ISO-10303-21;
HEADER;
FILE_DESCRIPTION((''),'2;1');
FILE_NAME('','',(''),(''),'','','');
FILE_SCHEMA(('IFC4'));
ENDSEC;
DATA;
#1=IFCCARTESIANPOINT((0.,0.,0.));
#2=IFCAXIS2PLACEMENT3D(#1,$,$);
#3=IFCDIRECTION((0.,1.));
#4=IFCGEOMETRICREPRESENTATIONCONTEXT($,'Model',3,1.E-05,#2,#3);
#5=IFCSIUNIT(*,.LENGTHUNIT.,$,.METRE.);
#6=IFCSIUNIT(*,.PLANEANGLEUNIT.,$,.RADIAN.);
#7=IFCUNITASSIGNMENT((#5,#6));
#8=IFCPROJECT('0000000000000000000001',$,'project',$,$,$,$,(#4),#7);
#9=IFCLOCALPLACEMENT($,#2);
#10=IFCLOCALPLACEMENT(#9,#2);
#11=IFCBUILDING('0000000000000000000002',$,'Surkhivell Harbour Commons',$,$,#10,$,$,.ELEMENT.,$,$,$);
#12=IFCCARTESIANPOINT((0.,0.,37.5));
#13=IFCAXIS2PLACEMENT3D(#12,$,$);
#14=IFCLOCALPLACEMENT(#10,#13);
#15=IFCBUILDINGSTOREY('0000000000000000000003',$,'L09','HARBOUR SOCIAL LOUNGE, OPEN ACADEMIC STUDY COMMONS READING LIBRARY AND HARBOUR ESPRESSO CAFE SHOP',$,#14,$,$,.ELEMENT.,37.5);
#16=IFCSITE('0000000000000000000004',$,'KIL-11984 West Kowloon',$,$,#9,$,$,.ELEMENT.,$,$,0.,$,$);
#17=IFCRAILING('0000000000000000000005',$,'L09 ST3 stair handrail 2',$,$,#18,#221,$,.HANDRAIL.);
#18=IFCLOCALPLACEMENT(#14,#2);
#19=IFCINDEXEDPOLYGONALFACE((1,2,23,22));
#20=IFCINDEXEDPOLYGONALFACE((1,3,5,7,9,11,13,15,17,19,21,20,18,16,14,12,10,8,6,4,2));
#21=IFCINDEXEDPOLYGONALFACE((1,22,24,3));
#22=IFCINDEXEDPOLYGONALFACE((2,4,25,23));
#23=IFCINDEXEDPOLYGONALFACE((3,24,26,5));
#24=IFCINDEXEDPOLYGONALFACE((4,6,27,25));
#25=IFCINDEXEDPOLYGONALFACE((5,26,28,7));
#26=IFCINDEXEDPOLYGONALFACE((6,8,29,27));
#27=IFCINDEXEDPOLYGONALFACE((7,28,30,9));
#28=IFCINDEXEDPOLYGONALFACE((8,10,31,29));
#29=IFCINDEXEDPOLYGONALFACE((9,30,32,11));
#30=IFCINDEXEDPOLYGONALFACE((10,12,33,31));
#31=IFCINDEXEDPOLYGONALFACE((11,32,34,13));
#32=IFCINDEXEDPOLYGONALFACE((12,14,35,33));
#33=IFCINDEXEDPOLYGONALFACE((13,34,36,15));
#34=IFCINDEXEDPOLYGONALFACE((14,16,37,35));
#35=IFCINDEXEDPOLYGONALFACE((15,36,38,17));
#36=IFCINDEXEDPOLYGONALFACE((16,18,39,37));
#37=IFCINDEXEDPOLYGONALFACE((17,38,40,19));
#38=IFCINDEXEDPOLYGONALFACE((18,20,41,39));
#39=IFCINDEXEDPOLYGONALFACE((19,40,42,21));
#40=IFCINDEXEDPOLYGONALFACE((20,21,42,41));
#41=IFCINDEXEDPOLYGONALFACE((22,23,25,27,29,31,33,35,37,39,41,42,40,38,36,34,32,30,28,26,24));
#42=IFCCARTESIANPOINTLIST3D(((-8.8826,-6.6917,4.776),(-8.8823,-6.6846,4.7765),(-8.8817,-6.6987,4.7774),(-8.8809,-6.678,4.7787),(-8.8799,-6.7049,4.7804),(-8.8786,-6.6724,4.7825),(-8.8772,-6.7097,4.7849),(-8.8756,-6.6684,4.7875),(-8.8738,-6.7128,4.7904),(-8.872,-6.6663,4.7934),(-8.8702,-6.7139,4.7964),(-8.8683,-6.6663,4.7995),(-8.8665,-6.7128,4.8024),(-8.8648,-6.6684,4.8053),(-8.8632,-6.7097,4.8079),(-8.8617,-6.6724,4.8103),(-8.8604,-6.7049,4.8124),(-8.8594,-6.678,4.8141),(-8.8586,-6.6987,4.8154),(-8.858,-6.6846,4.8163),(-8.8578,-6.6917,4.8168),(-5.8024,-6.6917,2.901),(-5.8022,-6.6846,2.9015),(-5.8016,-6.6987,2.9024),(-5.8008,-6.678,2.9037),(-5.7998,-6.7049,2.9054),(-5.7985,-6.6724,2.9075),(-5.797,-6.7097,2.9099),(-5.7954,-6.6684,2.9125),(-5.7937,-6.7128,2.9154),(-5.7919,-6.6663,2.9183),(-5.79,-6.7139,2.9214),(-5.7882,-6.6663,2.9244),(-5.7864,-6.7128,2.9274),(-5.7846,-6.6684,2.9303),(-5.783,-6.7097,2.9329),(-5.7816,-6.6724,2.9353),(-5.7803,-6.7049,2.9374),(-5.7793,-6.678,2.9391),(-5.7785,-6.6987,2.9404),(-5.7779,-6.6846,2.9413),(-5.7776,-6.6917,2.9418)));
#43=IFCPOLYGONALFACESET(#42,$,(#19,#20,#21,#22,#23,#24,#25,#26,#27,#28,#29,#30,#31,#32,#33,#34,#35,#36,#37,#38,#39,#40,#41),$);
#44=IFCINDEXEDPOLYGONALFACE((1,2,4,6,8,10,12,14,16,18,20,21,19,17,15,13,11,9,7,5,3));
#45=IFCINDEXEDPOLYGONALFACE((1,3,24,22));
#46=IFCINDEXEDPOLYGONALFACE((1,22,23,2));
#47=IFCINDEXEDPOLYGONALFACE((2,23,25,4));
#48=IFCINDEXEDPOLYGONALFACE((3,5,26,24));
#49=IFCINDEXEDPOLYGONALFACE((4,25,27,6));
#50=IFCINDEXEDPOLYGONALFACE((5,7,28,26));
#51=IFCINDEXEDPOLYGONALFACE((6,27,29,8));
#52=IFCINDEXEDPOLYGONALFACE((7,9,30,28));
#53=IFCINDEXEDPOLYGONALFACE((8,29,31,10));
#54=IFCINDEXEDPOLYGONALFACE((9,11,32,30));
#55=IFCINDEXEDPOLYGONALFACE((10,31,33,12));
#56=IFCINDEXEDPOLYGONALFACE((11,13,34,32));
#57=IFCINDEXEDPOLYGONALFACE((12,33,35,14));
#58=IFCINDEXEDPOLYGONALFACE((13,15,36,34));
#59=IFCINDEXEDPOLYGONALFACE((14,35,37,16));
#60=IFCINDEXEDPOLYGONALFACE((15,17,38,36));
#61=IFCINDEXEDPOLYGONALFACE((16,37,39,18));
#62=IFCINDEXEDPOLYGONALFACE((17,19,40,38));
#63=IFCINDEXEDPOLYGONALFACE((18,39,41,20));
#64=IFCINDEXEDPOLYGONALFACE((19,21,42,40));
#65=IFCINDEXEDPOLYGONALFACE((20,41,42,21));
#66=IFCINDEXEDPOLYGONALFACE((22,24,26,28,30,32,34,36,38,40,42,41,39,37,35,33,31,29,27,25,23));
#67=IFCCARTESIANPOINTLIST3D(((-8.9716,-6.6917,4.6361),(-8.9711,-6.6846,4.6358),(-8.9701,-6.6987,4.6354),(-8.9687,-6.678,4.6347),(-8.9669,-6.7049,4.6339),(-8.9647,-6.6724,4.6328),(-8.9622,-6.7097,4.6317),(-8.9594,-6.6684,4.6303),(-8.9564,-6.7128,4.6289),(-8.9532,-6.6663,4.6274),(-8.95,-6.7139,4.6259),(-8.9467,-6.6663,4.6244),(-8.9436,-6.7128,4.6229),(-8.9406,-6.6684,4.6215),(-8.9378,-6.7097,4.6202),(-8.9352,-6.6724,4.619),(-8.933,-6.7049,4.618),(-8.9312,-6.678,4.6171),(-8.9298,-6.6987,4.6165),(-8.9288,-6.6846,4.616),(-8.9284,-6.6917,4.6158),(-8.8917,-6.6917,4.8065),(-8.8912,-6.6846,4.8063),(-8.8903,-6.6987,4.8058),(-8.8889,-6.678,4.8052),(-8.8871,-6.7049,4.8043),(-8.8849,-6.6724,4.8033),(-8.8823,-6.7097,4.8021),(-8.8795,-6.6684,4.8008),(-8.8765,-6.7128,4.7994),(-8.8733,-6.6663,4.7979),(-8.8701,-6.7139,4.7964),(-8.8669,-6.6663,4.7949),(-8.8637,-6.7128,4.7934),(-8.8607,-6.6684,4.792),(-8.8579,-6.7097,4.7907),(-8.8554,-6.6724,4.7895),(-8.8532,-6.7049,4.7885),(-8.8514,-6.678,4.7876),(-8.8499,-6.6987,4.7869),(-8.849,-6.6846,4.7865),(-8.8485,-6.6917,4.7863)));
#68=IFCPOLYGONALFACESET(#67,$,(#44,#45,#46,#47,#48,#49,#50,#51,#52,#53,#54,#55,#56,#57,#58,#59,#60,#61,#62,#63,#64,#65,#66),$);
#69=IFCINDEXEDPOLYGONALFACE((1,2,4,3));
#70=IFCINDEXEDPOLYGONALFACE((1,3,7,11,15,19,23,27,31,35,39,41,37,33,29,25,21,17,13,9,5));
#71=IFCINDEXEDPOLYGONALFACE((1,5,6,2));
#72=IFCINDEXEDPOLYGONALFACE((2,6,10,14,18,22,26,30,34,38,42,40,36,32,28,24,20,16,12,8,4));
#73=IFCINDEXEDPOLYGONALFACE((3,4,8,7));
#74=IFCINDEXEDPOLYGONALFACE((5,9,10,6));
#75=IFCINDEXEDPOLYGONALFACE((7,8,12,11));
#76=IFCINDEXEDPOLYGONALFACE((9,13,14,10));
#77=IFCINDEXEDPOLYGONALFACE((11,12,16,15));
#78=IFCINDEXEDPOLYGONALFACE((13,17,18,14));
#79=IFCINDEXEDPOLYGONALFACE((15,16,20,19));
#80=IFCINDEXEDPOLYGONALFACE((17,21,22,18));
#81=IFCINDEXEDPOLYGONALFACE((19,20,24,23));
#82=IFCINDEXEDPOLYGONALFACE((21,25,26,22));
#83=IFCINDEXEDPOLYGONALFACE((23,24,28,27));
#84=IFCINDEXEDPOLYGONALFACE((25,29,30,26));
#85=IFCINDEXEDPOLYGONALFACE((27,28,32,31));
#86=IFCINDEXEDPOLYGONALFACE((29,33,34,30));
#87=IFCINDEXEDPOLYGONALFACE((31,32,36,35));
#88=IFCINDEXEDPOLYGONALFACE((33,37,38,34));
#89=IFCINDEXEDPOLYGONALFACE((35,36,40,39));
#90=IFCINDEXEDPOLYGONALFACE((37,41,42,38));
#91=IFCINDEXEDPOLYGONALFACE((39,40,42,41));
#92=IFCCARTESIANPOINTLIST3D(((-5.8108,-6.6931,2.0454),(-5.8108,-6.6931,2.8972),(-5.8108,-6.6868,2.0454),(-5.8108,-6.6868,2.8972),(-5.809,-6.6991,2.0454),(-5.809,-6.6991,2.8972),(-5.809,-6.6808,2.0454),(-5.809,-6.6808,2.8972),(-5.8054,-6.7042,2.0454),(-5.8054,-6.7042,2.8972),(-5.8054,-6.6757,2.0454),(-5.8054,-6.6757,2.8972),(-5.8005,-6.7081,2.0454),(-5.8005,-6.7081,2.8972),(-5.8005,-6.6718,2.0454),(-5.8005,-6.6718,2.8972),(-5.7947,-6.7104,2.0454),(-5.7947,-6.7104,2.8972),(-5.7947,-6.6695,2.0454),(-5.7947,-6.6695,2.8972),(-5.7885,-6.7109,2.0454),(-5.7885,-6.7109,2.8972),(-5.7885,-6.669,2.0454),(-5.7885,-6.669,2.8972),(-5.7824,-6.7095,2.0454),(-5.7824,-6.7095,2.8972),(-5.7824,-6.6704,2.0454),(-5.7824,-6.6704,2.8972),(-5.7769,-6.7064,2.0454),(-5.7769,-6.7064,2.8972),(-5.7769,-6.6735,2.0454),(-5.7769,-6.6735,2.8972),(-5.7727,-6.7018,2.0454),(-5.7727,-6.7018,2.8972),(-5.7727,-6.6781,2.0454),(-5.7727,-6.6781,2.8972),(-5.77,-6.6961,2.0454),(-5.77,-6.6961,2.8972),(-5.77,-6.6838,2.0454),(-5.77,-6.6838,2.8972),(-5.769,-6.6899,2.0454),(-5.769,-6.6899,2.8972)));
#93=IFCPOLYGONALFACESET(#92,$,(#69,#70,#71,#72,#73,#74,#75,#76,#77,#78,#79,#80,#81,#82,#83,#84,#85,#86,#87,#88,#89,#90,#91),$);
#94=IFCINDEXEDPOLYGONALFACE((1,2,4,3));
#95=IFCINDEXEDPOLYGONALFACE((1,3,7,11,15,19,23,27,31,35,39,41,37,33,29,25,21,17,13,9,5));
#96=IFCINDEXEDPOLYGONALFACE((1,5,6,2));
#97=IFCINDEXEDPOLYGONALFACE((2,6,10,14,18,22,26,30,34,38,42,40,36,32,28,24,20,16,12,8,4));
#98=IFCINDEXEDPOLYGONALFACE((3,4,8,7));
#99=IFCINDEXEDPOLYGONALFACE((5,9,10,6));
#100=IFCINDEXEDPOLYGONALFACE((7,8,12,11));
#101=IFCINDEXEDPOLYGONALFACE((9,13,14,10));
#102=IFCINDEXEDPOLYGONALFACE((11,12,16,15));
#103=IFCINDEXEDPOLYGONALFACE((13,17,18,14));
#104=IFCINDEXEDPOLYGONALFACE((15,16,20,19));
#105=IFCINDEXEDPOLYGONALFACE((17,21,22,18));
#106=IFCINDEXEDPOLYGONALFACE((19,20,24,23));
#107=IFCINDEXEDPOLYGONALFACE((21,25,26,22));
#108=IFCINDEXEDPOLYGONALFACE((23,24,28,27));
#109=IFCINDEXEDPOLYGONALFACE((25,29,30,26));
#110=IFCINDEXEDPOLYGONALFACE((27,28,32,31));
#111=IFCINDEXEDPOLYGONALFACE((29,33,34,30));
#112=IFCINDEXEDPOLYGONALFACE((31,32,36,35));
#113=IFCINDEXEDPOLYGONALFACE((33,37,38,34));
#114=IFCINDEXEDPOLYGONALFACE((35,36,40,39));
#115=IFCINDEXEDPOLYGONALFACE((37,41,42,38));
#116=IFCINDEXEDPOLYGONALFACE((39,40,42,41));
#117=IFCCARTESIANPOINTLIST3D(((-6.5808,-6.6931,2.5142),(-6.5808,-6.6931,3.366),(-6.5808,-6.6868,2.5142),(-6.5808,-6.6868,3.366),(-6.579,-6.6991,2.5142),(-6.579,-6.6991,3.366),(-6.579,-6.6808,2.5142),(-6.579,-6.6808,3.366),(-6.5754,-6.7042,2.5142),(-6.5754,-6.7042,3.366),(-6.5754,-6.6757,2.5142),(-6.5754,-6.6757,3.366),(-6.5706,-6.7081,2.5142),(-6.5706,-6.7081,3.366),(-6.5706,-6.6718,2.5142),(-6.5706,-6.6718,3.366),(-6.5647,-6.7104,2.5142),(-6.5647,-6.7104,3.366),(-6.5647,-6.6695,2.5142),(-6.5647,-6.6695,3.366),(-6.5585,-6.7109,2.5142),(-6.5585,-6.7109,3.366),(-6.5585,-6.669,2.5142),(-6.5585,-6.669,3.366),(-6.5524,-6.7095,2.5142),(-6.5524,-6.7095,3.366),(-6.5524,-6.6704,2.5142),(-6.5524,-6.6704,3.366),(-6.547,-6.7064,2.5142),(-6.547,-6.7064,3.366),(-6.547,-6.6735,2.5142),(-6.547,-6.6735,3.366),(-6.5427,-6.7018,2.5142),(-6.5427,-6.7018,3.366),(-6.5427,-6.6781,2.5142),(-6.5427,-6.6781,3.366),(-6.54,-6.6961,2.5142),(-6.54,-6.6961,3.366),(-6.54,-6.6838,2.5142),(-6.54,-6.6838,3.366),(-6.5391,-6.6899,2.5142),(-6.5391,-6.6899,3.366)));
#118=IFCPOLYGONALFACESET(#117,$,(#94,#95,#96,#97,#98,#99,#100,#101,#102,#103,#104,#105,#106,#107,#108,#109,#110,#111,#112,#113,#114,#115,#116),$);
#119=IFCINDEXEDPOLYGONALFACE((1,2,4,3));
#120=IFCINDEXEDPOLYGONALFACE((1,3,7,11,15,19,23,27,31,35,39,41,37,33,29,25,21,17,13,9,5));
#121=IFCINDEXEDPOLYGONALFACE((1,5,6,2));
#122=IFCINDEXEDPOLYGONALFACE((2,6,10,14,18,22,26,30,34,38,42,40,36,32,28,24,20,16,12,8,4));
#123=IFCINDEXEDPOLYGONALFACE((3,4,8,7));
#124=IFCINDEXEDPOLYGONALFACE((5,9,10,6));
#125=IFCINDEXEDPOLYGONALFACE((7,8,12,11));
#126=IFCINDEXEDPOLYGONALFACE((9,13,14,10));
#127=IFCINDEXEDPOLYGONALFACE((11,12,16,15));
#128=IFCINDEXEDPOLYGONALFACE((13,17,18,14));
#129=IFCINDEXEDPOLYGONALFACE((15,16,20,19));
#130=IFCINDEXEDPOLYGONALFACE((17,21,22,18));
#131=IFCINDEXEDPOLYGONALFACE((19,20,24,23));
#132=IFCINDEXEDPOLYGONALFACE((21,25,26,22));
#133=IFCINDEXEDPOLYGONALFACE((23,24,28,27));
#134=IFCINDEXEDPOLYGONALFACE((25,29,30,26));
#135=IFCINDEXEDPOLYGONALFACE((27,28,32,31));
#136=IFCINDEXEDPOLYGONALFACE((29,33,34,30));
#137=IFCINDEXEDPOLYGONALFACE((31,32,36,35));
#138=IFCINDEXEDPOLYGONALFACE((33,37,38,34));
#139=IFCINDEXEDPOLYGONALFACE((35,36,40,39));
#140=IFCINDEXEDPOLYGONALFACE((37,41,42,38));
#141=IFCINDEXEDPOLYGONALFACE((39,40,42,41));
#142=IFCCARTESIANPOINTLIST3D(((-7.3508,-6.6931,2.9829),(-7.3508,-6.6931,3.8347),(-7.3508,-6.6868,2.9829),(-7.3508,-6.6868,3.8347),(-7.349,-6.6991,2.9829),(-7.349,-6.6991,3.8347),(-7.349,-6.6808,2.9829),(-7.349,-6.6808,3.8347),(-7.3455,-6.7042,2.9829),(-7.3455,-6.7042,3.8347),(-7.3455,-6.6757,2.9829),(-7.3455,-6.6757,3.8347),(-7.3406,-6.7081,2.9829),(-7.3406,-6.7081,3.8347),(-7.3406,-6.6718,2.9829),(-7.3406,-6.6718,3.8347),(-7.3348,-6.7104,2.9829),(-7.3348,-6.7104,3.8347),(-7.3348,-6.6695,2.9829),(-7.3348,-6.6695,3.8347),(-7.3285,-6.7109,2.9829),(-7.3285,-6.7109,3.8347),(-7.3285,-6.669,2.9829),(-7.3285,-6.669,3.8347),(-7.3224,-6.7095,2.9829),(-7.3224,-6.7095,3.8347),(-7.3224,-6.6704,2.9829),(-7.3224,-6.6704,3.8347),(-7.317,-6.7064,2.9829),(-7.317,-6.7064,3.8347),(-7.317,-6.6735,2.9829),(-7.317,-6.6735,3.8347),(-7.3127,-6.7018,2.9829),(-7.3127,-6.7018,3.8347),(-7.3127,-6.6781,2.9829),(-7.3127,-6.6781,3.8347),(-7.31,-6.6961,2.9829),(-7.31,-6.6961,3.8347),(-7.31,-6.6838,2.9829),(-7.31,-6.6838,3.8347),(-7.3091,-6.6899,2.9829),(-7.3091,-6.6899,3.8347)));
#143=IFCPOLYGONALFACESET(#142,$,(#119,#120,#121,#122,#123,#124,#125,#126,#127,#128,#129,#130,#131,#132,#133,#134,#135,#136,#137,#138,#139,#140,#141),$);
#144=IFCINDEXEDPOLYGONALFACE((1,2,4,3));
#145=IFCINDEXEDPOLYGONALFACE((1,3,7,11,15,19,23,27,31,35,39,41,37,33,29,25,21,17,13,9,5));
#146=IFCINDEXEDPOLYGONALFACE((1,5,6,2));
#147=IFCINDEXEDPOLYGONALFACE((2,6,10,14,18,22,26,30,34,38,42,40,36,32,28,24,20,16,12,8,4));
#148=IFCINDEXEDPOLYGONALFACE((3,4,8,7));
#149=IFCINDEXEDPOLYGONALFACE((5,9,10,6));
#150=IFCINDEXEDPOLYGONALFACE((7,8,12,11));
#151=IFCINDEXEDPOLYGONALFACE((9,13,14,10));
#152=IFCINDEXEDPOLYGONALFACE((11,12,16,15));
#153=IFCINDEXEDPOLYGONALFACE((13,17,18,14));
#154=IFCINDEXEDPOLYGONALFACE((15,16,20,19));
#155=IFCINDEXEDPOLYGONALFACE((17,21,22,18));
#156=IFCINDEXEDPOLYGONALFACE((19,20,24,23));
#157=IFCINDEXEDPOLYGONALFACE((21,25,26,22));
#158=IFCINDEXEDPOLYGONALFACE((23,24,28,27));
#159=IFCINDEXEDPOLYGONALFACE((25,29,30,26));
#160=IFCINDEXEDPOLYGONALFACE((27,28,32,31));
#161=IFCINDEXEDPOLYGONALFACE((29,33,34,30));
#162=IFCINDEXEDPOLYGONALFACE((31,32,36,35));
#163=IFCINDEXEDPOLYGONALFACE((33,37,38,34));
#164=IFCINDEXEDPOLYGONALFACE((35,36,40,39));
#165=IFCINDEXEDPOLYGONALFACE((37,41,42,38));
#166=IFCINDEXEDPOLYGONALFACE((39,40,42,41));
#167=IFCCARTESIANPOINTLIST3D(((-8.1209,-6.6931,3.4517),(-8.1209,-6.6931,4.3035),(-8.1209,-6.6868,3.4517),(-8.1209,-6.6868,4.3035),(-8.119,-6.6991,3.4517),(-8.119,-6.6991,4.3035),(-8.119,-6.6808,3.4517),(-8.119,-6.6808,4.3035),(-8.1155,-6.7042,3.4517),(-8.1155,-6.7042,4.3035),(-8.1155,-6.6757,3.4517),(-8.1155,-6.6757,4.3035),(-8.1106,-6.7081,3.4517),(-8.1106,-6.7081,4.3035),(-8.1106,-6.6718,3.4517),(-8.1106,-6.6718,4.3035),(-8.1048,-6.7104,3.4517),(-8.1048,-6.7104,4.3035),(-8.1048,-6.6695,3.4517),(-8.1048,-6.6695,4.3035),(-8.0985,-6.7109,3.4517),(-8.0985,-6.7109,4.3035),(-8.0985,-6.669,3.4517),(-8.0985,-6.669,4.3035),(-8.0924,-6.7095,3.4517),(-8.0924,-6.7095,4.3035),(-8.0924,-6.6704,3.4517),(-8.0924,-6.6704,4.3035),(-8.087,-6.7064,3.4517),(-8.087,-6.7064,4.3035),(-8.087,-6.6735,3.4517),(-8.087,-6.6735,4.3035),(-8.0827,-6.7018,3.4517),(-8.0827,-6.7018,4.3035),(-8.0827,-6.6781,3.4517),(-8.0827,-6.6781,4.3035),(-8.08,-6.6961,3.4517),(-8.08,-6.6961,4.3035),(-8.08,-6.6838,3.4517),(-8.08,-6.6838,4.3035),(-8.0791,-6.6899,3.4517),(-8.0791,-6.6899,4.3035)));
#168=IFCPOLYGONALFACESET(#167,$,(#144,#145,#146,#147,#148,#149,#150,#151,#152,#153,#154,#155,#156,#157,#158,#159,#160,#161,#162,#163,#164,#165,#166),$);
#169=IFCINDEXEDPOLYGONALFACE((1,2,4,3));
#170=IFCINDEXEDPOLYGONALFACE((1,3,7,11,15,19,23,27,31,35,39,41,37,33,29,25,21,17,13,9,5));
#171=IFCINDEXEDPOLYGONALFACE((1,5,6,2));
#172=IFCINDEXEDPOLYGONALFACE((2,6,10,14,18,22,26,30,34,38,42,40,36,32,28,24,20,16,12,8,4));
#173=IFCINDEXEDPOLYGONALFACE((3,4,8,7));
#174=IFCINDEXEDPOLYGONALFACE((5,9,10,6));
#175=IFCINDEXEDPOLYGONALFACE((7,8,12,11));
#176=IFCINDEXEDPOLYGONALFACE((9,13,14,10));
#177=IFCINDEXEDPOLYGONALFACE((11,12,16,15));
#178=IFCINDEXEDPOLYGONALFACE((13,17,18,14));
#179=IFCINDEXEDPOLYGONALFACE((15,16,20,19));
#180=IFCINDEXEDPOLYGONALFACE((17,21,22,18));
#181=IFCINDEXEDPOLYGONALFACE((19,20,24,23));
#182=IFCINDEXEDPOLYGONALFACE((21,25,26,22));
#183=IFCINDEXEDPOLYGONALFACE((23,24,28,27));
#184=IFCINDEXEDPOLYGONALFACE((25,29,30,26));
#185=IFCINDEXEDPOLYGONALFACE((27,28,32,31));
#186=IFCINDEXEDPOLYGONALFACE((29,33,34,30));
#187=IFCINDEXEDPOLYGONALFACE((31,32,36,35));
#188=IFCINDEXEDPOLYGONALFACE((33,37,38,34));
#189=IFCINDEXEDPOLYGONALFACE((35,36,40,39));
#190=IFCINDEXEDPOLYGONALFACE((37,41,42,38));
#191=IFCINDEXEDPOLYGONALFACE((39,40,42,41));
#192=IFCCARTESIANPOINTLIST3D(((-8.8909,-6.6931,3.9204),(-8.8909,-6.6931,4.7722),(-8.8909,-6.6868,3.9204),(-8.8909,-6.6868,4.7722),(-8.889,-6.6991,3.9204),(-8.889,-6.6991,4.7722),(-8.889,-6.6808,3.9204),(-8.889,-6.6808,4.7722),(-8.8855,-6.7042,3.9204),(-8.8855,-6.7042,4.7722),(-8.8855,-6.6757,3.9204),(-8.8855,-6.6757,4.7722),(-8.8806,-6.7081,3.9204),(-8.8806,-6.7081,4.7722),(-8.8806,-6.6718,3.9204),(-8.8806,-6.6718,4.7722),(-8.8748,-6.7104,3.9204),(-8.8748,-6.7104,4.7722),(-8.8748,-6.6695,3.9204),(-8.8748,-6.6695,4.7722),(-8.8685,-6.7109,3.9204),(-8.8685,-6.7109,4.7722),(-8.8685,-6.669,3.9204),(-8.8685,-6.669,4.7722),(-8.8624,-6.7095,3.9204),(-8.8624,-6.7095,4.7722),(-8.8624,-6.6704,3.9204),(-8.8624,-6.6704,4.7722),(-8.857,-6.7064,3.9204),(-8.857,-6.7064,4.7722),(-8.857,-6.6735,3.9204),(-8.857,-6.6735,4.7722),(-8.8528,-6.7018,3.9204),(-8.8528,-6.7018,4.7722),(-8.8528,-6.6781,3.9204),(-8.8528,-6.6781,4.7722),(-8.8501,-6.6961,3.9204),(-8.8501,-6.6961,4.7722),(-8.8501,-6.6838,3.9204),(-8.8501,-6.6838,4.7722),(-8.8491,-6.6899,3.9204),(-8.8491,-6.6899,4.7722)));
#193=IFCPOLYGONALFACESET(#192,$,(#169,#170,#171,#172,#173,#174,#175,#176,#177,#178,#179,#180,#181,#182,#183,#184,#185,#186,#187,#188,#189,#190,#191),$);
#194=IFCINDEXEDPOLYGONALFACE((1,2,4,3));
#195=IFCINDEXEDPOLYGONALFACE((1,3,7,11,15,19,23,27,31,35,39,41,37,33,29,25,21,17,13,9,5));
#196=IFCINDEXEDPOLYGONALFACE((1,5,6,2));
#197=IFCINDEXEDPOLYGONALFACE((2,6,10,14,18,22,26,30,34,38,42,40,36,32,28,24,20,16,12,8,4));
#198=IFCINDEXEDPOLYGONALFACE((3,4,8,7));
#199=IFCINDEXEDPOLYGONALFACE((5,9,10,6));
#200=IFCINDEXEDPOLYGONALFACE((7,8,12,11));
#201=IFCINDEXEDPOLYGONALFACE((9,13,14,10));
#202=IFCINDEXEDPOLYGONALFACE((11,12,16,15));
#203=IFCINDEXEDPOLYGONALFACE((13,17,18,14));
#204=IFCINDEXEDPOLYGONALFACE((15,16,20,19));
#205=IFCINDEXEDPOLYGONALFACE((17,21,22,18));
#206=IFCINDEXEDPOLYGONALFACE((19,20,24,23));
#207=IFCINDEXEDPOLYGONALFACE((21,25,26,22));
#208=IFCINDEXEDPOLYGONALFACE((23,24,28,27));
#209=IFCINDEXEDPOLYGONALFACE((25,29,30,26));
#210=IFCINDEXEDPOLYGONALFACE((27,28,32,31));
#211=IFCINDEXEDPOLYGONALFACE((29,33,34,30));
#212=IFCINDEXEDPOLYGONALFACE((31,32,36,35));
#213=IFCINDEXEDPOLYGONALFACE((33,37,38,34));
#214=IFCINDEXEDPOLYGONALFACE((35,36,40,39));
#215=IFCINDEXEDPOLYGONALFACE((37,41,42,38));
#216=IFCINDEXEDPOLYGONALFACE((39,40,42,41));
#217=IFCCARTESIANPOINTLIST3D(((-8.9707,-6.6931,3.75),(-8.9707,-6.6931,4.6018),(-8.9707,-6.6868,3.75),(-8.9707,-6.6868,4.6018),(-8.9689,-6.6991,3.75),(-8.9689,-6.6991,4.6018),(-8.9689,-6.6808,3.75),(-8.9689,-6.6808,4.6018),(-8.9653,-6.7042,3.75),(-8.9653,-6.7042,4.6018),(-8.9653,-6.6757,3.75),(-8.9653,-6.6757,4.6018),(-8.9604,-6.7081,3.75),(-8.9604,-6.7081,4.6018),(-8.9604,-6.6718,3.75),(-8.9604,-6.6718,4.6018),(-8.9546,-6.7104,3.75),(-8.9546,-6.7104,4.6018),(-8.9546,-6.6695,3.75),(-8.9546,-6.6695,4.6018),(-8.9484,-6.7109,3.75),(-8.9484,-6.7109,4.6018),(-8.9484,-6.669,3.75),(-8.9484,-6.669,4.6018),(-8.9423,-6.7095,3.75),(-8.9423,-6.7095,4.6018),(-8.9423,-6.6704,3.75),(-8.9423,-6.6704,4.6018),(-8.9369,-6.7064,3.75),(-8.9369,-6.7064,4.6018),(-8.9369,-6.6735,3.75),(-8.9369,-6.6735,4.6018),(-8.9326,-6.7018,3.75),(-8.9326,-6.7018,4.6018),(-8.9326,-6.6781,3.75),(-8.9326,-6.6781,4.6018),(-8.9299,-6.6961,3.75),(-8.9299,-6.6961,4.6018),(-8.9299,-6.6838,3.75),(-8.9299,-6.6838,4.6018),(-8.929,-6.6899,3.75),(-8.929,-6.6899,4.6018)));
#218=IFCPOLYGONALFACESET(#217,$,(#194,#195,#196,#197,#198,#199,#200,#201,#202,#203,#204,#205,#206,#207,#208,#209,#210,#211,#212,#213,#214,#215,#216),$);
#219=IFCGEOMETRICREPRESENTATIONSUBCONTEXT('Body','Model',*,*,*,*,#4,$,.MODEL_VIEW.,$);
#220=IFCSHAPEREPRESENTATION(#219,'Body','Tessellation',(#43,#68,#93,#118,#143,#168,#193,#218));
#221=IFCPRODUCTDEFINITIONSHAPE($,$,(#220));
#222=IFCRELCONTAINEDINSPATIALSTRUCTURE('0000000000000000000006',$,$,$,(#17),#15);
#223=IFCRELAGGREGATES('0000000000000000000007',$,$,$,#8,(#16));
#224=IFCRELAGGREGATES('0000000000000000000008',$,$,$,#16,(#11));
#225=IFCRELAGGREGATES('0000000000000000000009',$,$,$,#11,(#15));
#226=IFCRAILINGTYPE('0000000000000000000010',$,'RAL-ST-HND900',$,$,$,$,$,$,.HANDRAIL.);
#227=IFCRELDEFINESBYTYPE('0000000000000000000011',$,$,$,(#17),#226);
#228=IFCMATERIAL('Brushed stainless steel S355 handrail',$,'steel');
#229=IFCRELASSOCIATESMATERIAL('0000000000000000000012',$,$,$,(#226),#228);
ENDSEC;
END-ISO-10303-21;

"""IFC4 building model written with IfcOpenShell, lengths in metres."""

from ifc_helpers import new_model, si_unit, direction, frame, origin, origin_2d, place, context, subcontext, project, spatial, circle, extrude, material, type_object, element, save


model = new_model("IFC4")

# Units and contexts
model_context = context("Model", 3, precision=1e-05, world=origin(), true_north=direction((0.0, 1.0)))
body_context = subcontext(model_context, "Body", "Model", "MODEL_VIEW")
ifc_project = project(units=[si_unit("LENGTHUNIT", "METRE"), si_unit("PLANEANGLEUNIT", "RADIAN")], contexts=[model_context])

# Site, building, storey
site_placement = place(None, origin())
site = spatial("IfcSite", under=ifc_project, at=site_placement, Name="KIL-11984 West Kowloon", CompositionType="ELEMENT", RefElevation=0.0)
building_placement = place(site_placement, origin())
building = spatial("IfcBuilding", under=site, at=building_placement, Name="Surkhivell Harbour Commons", CompositionType="ELEMENT")
storey_placement = place(building_placement, frame((0.0, 0.0, 37.5)))
storey = spatial("IfcBuildingStorey", under=building, at=storey_placement, Name="L09", Description="HARBOUR SOCIAL LOUNGE, OPEN ACADEMIC STUDY COMMONS READING LIBRARY AND HARBOUR ESPRESSO CAFE SHOP", CompositionType="ELEMENT", Elevation=37.5)

# Railing
ifc_material_1 = material(Name="Brushed stainless steel S355 handrail", Category="steel")
railing_type_1 = type_object("IfcRailingType", Name="RAL-ST-HND900", PredefinedType="HANDRAIL", material=ifc_material_1)
railing_1_placement = place(storey_placement, frame((-5.79, -6.6899, 2.0454)))
element("IfcRailing", 1, at=railing_1_placement, inside=storey, type_object=railing_type_1, Name="L09 ST3 stair handrail 2", PredefinedType="HANDRAIL", context=body_context, shape_type="SweptSolid", body=[
    extrude(circle(Radius=0.0239, at=origin_2d()), frame((0.0, 0.0, 0.876), z_axis=(-0.854178, 0.0, 0.519981), x_axis=(0.0, -1.0, 0.0)), (0.0, 0.0, 1.0), 3.606),
    extrude(circle(Radius=0.0239, at=origin_2d()), frame((-3.0801, 0.0, 2.751), z_axis=(-0.424234, 0.0, -0.905552), x_axis=(0.0, -1.0, 0.0)), (0.0, 0.0, 1.0), 0.1882),
    extrude(circle(Radius=0.021, at=origin_2d()), origin(), (0.0, 0.0, 1.0), 0.8518),
    extrude(circle(Radius=0.021, at=origin_2d()), frame((-0.77, 0.0, 0.4688)), (0.0, 0.0, 1.0), 0.8518),
    extrude(circle(Radius=0.021, at=origin_2d()), frame((-1.54, 0.0, 0.9375)), (0.0, 0.0, 1.0), 0.8518),
    extrude(circle(Radius=0.021, at=origin_2d()), frame((-2.3101, 0.0, 1.4062)), (0.0, 0.0, 1.0), 0.8518),
    extrude(circle(Radius=0.021, at=origin_2d()), frame((-3.0801, 0.0, 1.875)), (0.0, 0.0, 1.0), 0.8518),
    extrude(circle(Radius=0.021, at=origin_2d()), frame((-3.1599, 0.0, 1.7046)), (0.0, 0.0, 1.0), 0.8518),
])

save(model, "model.ifc")
